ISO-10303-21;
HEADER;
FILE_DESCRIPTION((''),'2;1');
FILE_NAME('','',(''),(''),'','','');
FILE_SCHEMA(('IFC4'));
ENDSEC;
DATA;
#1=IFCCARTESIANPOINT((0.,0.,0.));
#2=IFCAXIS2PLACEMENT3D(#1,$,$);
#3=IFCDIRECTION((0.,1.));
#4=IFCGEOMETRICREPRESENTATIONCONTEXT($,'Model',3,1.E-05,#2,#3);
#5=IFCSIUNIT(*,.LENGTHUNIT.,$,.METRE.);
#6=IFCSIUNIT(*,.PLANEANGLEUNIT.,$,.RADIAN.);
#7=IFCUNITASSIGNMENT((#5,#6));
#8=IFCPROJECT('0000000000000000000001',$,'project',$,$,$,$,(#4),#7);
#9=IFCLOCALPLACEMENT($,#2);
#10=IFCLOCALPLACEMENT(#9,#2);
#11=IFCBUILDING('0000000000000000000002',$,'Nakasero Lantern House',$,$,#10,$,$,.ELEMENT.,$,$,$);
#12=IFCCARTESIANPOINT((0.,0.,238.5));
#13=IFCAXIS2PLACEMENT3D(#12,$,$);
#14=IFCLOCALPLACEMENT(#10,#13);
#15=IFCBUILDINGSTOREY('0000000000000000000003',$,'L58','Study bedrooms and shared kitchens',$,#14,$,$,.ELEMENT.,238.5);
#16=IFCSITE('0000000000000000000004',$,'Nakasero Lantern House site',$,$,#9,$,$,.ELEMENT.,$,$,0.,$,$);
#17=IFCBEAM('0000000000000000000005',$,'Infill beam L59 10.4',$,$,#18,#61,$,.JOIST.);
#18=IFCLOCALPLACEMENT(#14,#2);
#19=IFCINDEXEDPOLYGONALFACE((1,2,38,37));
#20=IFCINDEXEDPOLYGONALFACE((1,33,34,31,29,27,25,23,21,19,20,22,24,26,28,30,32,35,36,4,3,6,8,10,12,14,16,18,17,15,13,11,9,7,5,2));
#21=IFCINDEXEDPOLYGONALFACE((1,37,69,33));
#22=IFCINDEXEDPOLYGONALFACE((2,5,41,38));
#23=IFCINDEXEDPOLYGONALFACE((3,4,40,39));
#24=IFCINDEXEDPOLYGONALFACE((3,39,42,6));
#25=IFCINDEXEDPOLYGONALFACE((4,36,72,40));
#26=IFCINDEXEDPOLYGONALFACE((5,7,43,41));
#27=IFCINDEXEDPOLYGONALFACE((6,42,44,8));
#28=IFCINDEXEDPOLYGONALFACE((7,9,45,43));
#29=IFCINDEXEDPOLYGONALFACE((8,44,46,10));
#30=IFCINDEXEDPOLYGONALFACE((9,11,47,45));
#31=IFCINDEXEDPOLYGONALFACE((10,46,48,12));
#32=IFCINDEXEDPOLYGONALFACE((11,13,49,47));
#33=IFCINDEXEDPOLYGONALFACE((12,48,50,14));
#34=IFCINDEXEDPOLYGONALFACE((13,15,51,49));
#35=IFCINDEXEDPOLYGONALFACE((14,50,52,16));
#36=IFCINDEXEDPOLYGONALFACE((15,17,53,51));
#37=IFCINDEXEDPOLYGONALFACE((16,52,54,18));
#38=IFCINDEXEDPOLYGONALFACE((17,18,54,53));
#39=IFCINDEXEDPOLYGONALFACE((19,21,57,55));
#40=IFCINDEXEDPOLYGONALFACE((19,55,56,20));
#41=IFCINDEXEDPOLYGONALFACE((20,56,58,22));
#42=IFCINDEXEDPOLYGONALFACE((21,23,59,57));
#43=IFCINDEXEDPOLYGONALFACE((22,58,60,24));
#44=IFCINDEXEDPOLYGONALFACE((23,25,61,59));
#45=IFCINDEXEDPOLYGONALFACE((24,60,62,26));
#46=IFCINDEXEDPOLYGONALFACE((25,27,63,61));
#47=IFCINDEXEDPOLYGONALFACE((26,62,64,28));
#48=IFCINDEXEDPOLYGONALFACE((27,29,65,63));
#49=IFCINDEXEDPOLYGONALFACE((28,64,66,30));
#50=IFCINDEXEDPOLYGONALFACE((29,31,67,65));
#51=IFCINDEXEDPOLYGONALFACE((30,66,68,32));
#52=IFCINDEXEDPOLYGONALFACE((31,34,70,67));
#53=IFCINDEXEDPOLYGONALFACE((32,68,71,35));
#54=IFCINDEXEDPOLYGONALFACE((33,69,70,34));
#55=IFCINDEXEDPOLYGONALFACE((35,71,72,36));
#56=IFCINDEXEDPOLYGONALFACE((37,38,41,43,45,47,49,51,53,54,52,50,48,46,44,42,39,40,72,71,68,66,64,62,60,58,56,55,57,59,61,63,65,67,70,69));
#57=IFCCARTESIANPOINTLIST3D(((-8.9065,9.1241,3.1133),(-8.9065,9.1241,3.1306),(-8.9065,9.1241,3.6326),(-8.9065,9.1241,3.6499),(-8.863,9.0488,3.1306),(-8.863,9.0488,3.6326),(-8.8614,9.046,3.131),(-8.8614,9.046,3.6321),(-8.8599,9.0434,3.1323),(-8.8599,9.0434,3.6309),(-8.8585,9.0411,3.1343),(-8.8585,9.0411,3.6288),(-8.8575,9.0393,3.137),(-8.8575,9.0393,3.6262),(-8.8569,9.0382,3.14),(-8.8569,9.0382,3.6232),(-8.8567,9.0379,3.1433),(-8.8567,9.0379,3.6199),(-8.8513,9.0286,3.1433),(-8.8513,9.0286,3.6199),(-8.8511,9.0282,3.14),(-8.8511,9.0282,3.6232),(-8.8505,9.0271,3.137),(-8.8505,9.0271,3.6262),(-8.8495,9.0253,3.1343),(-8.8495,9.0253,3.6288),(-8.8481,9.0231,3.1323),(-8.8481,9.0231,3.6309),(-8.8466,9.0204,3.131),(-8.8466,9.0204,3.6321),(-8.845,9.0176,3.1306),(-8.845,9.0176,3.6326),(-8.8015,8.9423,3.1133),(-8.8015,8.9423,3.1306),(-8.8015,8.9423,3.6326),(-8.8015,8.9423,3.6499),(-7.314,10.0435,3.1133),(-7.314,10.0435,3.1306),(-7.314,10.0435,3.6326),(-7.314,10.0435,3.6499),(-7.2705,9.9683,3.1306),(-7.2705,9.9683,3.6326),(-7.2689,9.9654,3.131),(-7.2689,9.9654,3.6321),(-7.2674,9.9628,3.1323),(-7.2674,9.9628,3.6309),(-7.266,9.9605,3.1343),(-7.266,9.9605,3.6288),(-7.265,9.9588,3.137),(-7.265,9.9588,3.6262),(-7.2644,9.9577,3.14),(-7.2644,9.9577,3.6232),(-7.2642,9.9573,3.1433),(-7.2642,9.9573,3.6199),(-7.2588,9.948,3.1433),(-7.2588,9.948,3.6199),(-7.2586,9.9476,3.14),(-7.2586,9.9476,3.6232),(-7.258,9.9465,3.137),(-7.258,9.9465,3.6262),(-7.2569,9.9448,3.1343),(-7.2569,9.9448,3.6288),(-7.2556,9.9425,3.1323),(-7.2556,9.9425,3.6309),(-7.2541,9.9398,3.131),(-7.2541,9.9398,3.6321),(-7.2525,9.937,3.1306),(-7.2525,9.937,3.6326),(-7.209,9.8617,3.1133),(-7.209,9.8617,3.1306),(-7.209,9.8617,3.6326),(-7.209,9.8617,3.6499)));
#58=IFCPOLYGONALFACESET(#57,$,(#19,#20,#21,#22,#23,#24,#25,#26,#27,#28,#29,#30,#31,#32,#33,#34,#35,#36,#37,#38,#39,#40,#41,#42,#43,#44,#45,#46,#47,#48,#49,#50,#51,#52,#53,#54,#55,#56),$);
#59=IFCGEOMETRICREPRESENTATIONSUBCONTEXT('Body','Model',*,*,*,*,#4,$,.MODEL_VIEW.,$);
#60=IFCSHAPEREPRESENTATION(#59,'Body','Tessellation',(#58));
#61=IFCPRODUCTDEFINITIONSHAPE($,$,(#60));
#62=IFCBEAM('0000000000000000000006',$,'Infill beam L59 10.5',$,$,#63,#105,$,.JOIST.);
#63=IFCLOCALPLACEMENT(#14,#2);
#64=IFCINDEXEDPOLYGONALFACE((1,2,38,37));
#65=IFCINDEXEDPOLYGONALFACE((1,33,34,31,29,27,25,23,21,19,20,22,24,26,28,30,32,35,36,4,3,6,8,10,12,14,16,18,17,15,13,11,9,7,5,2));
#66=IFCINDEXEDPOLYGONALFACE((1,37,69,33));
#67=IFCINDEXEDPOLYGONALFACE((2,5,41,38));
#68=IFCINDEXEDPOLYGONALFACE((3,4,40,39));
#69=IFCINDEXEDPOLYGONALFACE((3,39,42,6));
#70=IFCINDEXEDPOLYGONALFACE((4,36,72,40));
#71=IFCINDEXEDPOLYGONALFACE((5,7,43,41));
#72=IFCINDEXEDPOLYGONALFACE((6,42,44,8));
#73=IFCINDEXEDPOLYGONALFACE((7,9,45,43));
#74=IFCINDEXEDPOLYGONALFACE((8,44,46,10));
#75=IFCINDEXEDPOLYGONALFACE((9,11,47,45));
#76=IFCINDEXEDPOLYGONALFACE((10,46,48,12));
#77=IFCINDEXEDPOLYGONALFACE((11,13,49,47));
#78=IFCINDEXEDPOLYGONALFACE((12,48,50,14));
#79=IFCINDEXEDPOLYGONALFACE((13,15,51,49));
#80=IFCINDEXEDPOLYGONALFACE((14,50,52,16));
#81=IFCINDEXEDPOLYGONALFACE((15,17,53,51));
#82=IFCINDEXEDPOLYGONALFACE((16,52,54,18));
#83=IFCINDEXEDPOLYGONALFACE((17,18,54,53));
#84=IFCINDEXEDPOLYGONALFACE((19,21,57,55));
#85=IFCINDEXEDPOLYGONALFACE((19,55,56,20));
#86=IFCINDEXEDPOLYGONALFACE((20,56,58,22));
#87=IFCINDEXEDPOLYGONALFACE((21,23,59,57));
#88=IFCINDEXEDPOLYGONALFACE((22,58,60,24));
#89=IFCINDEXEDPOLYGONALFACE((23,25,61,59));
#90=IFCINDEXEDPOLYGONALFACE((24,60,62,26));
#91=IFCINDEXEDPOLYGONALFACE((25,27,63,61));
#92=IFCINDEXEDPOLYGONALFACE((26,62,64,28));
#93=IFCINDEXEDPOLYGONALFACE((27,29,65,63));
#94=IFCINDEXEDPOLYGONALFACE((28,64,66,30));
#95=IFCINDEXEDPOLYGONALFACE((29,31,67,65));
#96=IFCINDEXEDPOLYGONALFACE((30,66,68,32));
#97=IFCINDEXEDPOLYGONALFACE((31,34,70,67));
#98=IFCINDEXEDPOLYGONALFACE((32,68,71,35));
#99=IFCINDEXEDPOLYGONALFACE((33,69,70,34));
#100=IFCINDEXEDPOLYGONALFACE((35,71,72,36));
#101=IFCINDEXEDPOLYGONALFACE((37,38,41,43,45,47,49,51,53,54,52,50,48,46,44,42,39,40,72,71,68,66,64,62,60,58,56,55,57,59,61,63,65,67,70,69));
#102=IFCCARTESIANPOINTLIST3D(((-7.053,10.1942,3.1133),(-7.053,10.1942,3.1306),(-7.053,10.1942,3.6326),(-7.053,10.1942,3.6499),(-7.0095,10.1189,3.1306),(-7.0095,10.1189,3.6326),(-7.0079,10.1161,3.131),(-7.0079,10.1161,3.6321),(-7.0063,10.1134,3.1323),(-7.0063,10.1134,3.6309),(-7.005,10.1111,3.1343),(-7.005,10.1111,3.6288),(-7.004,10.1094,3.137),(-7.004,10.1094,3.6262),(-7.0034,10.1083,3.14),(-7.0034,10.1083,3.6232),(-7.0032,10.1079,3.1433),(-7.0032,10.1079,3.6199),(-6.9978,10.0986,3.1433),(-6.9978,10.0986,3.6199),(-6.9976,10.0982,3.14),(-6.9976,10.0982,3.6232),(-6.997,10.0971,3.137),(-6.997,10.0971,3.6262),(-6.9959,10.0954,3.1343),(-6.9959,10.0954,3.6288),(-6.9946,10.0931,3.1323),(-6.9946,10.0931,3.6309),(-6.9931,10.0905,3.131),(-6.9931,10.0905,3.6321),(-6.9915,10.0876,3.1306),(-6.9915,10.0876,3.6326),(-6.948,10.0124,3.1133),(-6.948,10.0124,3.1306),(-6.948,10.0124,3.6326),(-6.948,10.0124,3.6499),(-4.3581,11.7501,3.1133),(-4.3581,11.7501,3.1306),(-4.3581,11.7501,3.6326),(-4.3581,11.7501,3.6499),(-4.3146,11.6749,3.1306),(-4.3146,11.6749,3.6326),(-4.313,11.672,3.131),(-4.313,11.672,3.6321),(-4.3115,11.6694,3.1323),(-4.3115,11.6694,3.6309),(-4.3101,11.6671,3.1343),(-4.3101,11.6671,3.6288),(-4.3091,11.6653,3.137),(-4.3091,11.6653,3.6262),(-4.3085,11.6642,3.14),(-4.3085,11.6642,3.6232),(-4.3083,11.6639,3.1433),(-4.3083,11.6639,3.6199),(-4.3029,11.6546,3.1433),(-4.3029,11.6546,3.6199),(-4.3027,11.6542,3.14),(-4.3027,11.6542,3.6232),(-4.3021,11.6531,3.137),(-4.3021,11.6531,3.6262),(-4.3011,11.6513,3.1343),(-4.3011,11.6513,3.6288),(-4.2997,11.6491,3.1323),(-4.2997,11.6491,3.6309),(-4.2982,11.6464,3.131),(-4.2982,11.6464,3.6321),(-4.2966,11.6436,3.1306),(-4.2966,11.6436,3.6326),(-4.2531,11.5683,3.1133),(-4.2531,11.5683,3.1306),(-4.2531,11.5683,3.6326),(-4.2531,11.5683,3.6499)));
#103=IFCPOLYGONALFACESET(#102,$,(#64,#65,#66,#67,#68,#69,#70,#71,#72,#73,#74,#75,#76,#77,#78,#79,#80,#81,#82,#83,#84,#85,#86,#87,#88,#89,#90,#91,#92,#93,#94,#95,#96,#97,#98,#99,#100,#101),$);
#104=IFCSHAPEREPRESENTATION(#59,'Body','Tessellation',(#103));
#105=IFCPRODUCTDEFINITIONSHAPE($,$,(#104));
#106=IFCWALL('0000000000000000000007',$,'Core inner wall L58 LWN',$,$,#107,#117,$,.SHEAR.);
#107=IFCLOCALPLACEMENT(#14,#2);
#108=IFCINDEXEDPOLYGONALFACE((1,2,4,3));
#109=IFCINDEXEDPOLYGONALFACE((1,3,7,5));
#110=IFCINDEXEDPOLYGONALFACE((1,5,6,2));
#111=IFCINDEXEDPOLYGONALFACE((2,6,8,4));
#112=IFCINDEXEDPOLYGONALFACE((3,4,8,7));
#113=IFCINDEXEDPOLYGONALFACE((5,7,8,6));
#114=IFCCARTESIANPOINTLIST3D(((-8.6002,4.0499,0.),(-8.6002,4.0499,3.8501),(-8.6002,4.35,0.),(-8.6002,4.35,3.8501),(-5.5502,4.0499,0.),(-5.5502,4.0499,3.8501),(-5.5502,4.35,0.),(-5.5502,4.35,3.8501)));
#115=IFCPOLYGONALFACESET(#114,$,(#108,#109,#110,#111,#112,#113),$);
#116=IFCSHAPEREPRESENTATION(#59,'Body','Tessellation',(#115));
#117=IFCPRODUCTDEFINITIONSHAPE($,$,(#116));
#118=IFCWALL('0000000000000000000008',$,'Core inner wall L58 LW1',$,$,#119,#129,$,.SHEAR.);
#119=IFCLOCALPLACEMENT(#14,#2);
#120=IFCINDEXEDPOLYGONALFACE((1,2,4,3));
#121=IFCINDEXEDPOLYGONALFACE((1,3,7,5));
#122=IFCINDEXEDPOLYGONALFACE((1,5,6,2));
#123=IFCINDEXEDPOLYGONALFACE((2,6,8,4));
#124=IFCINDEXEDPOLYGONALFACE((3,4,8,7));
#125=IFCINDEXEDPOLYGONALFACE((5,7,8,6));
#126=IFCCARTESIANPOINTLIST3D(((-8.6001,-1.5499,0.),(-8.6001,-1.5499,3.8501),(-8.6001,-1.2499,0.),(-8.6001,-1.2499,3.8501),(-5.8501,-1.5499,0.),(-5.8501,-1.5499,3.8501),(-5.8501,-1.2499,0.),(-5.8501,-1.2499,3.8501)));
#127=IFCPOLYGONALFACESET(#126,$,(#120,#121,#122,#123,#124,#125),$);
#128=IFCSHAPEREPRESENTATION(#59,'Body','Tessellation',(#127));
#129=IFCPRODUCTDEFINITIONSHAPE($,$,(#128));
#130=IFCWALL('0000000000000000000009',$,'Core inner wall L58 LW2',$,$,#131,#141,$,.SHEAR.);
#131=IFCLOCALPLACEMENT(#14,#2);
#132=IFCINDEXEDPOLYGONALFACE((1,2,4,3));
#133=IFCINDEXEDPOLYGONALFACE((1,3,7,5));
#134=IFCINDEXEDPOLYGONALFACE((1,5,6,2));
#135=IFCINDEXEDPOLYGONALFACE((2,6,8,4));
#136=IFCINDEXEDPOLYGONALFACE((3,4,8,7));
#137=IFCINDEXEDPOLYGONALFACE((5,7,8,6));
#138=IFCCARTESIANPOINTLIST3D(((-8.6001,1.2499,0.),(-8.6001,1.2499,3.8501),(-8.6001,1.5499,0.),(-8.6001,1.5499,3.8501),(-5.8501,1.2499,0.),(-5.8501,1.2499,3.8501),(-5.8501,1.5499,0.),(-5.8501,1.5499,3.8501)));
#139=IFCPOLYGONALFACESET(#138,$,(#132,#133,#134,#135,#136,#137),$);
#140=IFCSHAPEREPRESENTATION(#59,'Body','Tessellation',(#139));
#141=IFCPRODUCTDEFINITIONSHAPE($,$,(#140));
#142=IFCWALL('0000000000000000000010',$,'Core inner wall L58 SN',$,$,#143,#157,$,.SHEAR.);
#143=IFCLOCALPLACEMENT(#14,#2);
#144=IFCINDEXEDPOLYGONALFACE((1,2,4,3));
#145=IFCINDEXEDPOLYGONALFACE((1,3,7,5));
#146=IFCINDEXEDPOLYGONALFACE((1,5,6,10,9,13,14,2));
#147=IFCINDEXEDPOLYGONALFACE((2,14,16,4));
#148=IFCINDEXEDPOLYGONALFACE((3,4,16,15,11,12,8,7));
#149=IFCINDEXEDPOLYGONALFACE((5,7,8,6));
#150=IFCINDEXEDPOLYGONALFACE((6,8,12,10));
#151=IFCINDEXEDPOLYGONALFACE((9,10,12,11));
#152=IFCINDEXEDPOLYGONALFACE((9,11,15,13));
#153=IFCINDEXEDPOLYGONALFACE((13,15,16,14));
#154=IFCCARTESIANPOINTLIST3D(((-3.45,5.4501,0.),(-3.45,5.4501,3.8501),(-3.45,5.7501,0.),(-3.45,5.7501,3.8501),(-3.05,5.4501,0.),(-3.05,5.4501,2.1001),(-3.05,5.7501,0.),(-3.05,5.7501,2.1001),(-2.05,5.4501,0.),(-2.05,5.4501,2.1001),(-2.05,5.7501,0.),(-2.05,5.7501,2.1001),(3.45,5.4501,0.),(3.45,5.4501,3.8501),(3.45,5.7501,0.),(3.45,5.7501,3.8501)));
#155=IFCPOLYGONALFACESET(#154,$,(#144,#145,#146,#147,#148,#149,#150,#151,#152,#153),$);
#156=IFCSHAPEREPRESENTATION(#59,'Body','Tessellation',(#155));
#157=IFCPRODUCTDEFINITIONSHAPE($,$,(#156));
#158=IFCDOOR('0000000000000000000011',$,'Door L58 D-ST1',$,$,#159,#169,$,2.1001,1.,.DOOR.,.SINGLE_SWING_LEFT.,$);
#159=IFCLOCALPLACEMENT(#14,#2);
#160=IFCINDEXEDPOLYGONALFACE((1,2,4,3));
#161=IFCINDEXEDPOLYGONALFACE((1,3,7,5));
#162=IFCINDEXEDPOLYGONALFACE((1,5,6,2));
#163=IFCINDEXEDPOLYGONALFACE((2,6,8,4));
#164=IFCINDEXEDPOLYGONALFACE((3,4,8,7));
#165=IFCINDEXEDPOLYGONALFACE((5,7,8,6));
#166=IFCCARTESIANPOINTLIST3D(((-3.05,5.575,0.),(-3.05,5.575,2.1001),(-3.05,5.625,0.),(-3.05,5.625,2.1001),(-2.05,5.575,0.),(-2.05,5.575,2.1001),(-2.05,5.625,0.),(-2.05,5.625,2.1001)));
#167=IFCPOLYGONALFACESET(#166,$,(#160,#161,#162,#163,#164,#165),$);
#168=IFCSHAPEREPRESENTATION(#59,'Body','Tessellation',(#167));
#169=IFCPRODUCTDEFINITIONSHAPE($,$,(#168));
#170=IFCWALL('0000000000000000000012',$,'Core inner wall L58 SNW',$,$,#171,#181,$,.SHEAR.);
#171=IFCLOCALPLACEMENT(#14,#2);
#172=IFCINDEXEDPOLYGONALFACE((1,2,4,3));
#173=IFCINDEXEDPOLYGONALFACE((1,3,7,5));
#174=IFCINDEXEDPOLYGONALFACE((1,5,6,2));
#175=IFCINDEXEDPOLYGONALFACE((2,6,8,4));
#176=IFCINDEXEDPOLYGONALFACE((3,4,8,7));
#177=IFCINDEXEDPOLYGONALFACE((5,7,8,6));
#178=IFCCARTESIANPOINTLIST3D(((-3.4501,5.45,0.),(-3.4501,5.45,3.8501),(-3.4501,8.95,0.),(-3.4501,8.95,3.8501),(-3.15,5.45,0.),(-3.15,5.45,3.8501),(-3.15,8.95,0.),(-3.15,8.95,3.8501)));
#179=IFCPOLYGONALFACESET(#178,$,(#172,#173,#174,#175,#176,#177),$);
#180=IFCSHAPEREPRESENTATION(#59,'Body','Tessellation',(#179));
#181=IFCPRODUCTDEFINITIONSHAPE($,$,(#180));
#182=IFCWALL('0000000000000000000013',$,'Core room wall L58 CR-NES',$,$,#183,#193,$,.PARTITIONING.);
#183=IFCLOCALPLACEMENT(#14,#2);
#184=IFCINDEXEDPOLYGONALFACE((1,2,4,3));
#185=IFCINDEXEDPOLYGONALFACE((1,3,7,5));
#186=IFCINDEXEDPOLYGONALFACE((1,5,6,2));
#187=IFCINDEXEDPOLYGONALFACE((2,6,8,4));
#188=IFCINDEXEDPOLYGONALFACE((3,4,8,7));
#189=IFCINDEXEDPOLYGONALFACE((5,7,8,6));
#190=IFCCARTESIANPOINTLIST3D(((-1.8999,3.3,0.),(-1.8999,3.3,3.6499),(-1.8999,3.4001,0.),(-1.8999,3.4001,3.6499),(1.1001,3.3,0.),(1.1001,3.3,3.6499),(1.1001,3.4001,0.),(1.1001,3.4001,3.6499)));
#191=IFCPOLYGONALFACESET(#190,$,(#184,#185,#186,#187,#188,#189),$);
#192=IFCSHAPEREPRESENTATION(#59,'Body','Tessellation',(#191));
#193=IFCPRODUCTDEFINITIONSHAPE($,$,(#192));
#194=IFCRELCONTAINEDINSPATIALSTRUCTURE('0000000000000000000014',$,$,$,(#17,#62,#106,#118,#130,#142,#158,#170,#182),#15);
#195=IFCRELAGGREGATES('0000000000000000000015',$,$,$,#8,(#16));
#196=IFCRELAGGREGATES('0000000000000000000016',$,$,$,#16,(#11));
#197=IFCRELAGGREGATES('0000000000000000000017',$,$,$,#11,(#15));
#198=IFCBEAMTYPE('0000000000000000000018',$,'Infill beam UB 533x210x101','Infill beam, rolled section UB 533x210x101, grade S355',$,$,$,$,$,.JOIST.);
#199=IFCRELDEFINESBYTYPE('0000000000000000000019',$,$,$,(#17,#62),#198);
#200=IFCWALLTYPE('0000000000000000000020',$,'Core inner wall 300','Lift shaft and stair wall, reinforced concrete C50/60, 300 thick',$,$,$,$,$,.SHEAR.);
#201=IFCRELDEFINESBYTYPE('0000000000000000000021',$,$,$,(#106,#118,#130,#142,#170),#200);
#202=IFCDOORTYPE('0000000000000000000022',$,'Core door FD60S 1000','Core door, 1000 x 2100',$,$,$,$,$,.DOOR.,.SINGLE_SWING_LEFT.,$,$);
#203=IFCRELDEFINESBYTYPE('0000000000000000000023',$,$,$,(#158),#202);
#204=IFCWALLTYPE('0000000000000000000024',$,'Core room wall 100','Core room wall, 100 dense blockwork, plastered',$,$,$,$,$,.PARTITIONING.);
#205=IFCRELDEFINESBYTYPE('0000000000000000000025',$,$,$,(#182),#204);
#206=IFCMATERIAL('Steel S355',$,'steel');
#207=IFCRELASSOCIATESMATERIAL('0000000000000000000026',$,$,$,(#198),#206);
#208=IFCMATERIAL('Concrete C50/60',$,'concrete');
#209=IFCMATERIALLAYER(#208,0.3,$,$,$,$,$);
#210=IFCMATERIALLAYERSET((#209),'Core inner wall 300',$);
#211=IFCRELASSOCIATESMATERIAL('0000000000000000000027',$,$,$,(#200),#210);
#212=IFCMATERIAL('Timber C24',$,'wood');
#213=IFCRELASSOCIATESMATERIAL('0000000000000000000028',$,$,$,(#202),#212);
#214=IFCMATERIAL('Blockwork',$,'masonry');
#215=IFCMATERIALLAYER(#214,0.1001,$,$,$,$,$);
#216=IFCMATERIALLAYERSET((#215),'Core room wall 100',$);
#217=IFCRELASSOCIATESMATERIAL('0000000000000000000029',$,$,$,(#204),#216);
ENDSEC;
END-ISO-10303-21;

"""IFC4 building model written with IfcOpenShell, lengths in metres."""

from ifc_helpers import new_model, si_unit, direction, frame, frame_2d, origin, origin_2d, place, context, subcontext, project, spatial, rectangle, i_section, extrude, material, layer, layer_set, material_profile, profile_set, type_object, element, fill, save


model = new_model("IFC4")

# Units and contexts
model_context = context("Model", 3, precision=1e-05, world=origin(), true_north=direction((0.0, 1.0)))
body_context = subcontext(model_context, "Body", "Model", "MODEL_VIEW")
ifc_project = project(units=[si_unit("LENGTHUNIT", "METRE"), si_unit("PLANEANGLEUNIT", "RADIAN")], contexts=[model_context])

# Site, building, storey
site_placement = place(None, origin())
site = spatial("IfcSite", under=ifc_project, at=site_placement, Name="Nakasero Lantern House site", CompositionType="ELEMENT", RefElevation=0.0)
building_placement = place(site_placement, origin())
building = spatial("IfcBuilding", under=site, at=building_placement, Name="Nakasero Lantern House", CompositionType="ELEMENT")
storey_placement = place(building_placement, frame((0.0, 0.0, 238.5)))
storey = spatial("IfcBuildingStorey", under=building, at=storey_placement, Name="L58", Description="Study bedrooms and shared kitchens", CompositionType="ELEMENT", Elevation=238.5)

# Beams
ifc_material_1 = material(Name="Steel S355", Category="steel")
ifc_material_profile = material_profile(ifc_material_1, i_section(OverallWidth=0.21, OverallDepth=0.5366, WebThickness=0.0107, FlangeThickness=0.0173, FilletRadius=0.0127, at=origin_2d()), Name="UB 533x210x101")
ifc_profile_set = profile_set([ifc_material_profile], Name="Steel S355")
beam_type = type_object("IfcBeamType", Name="Infill beam UB 533x210x101", Description="Infill beam, rolled section UB 533x210x101, grade S355", PredefinedType="JOIST", material=ifc_profile_set)
beam_1_placement = place(storey_placement, frame((-8.854, 9.0332, 3.3816), z_axis=(0.866029, 0.499994, 0.0), x_axis=(-0.499994, 0.866029, 0.0)))
element("IfcBeam", 1, at=beam_1_placement, inside=storey, type_object=beam_type, Name="Infill beam L59 10.4", PredefinedType="JOIST", context=body_context, shape_type="SweptSolid", body=[
    extrude(i_section(OverallWidth=0.21, OverallDepth=0.5366, WebThickness=0.0107, FlangeThickness=0.0173, FilletRadius=0.0127, at=origin_2d()), origin(), (0.0, 0.0, 1.0), 1.8389),
])
beam_2_placement = place(storey_placement, frame((-7.0005, 10.1033, 3.3816), z_axis=(0.866018, 0.500012, 0.0), x_axis=(-0.500012, 0.866018, 0.0)))
element("IfcBeam", 2, at=beam_2_placement, inside=storey, type_object=beam_type, Name="Infill beam L59 10.5", PredefinedType="JOIST", context=body_context, shape_type="SweptSolid", body=[
    extrude(i_section(OverallWidth=0.21, OverallDepth=0.5366, WebThickness=0.0107, FlangeThickness=0.0173, FilletRadius=0.0127, at=origin_2d()), origin(), (0.0, 0.0, 1.0), 3.1118),
])

# Walls
ifc_material_2 = material(Name="Concrete C50/60", Category="concrete")
ifc_layer_1 = layer(ifc_material_2, 0.3)
ifc_layer_set_1 = layer_set([ifc_layer_1], Name="Core inner wall 300")
wall_type_1 = type_object("IfcWallType", Name="Core inner wall 300", Description="Lift shaft and stair wall, reinforced concrete C50/60, 300 thick", PredefinedType="SHEAR", material=ifc_layer_set_1)
wall_1_placement = place(storey_placement, frame((-8.6001, 4.2, 0.0), z_axis=(0.0, 0.0, 1.0), x_axis=(1.0, 0.0, 0.0)))
element("IfcWall", 3, at=wall_1_placement, inside=storey, type_object=wall_type_1, Name="Core inner wall L58 LWN", PredefinedType="SHEAR", context=body_context, shape_type="SweptSolid", body=[
    extrude(rectangle(XDim=3.05, YDim=0.3, at=frame_2d((1.5249, 0.0))), origin(), (0.0, 0.0, 1.0), 3.8501),
])
for number, where, z_axis, x_axis, name in (
    (4, (-8.6001, -1.3999, 0.0), (0.0, 0.0, 1.0), (1.0, 0.0, 0.0), "Core inner wall L58 LW1"),
    (5, (-8.6001, 1.3999, 0.0), (0.0, 0.0, 1.0), (1.0, 0.0, 0.0), "Core inner wall L58 LW2"),
):
    element("IfcWall", number, at=place(storey_placement, frame(where, z_axis=z_axis, x_axis=x_axis)), inside=storey, type_object=wall_type_1, Name=name, PredefinedType="SHEAR", context=body_context, shape_type="SweptSolid", body=[
        extrude(rectangle(XDim=2.75, YDim=0.3, at=frame_2d((1.375, 0.0))), origin(), (0.0, 0.0, 1.0), 3.8501),
    ])

# Wall, opening, door
wall_2_placement = place(storey_placement, frame((-3.45, 5.6001, 0.0), z_axis=(0.0, 0.0, 1.0), x_axis=(1.0, 0.0, 0.0)))
wall_2 = element("IfcWall", 6, at=wall_2_placement, inside=storey, type_object=wall_type_1, Name="Core inner wall L58 SN", PredefinedType="SHEAR", context=body_context, shape_type="SweptSolid", body=[
    extrude(rectangle(XDim=6.8999, YDim=0.3, at=frame_2d((3.45, 0.0))), origin(), (0.0, 0.0, 1.0), 3.8501),
])
opening_1_placement = place(wall_2_placement, frame((0.3999, 0.0, 0.0)))
opening_1 = element("IfcOpeningElement", 7, at=opening_1_placement, cuts=wall_2, PredefinedType="OPENING", context=body_context, shape_type="SweptSolid", body=[
    extrude(rectangle(XDim=1.0, YDim=2.1001, at=frame_2d((0.5, 1.05))), frame((0.0, 0.1699, 0.0), z_axis=(0.0, -1.0, 0.0), x_axis=(1.0, 0.0, 0.0)), (0.0, 0.0, 1.0), 0.3401),
])
ifc_material_3 = material(Name="Timber C24", Category="wood")
door_type_1 = type_object("IfcDoorType", Name="Core door FD60S 1000", Description="Core door, 1000 x 2100", OperationType="SINGLE_SWING_LEFT", PredefinedType="DOOR", material=ifc_material_3)
door_1_placement = place(opening_1_placement, origin())
door_1 = element("IfcDoor", 8, at=door_1_placement, inside=storey, type_object=door_type_1, Name="Door L58 D-ST1", OperationType="SINGLE_SWING_LEFT", OverallHeight=2.1001, OverallWidth=1.0, PredefinedType="DOOR", context=body_context, shape_type="SweptSolid", body=[
    extrude(rectangle(XDim=1.0, YDim=2.1001, at=frame_2d((0.5, 1.05))), frame((0.0, 0.0249, 0.0), z_axis=(0.0, -1.0, 0.0), x_axis=(1.0, 0.0, 0.0)), (0.0, 0.0, 1.0), 0.05),
])
fill(opening_1, door_1)

# Walls
wall_3_placement = place(storey_placement, frame((-3.3, 5.45, 0.0), z_axis=(0.0, 0.0, 1.0), x_axis=(0.0, 1.0, 0.0)))
element("IfcWall", 9, at=wall_3_placement, inside=storey, type_object=wall_type_1, Name="Core inner wall L58 SNW", PredefinedType="SHEAR", context=body_context, shape_type="SweptSolid", body=[
    extrude(rectangle(XDim=3.5, YDim=0.3, at=frame_2d((1.75, 0.0))), origin(), (0.0, 0.0, 1.0), 3.8501),
])
ifc_material_4 = material(Name="Blockwork", Category="masonry")
ifc_layer_2 = layer(ifc_material_4, 0.1001)
ifc_layer_set_2 = layer_set([ifc_layer_2], Name="Core room wall 100")
wall_type_2 = type_object("IfcWallType", Name="Core room wall 100", Description="Core room wall, 100 dense blockwork, plastered", PredefinedType="PARTITIONING", material=ifc_layer_set_2)
wall_4_placement = place(storey_placement, frame((-1.8999, 3.3501, 0.0), z_axis=(0.0, 0.0, 1.0), x_axis=(1.0, 0.0, 0.0)))
element("IfcWall", 10, at=wall_4_placement, inside=storey, type_object=wall_type_2, Name="Core room wall L58 CR-NES", PredefinedType="PARTITIONING", context=body_context, shape_type="SweptSolid", body=[
    extrude(rectangle(XDim=3.0, YDim=0.1001, at=frame_2d((1.5, 0.0))), origin(), (0.0, 0.0, 1.0), 3.6499),
])

save(model, "model.ifc")
